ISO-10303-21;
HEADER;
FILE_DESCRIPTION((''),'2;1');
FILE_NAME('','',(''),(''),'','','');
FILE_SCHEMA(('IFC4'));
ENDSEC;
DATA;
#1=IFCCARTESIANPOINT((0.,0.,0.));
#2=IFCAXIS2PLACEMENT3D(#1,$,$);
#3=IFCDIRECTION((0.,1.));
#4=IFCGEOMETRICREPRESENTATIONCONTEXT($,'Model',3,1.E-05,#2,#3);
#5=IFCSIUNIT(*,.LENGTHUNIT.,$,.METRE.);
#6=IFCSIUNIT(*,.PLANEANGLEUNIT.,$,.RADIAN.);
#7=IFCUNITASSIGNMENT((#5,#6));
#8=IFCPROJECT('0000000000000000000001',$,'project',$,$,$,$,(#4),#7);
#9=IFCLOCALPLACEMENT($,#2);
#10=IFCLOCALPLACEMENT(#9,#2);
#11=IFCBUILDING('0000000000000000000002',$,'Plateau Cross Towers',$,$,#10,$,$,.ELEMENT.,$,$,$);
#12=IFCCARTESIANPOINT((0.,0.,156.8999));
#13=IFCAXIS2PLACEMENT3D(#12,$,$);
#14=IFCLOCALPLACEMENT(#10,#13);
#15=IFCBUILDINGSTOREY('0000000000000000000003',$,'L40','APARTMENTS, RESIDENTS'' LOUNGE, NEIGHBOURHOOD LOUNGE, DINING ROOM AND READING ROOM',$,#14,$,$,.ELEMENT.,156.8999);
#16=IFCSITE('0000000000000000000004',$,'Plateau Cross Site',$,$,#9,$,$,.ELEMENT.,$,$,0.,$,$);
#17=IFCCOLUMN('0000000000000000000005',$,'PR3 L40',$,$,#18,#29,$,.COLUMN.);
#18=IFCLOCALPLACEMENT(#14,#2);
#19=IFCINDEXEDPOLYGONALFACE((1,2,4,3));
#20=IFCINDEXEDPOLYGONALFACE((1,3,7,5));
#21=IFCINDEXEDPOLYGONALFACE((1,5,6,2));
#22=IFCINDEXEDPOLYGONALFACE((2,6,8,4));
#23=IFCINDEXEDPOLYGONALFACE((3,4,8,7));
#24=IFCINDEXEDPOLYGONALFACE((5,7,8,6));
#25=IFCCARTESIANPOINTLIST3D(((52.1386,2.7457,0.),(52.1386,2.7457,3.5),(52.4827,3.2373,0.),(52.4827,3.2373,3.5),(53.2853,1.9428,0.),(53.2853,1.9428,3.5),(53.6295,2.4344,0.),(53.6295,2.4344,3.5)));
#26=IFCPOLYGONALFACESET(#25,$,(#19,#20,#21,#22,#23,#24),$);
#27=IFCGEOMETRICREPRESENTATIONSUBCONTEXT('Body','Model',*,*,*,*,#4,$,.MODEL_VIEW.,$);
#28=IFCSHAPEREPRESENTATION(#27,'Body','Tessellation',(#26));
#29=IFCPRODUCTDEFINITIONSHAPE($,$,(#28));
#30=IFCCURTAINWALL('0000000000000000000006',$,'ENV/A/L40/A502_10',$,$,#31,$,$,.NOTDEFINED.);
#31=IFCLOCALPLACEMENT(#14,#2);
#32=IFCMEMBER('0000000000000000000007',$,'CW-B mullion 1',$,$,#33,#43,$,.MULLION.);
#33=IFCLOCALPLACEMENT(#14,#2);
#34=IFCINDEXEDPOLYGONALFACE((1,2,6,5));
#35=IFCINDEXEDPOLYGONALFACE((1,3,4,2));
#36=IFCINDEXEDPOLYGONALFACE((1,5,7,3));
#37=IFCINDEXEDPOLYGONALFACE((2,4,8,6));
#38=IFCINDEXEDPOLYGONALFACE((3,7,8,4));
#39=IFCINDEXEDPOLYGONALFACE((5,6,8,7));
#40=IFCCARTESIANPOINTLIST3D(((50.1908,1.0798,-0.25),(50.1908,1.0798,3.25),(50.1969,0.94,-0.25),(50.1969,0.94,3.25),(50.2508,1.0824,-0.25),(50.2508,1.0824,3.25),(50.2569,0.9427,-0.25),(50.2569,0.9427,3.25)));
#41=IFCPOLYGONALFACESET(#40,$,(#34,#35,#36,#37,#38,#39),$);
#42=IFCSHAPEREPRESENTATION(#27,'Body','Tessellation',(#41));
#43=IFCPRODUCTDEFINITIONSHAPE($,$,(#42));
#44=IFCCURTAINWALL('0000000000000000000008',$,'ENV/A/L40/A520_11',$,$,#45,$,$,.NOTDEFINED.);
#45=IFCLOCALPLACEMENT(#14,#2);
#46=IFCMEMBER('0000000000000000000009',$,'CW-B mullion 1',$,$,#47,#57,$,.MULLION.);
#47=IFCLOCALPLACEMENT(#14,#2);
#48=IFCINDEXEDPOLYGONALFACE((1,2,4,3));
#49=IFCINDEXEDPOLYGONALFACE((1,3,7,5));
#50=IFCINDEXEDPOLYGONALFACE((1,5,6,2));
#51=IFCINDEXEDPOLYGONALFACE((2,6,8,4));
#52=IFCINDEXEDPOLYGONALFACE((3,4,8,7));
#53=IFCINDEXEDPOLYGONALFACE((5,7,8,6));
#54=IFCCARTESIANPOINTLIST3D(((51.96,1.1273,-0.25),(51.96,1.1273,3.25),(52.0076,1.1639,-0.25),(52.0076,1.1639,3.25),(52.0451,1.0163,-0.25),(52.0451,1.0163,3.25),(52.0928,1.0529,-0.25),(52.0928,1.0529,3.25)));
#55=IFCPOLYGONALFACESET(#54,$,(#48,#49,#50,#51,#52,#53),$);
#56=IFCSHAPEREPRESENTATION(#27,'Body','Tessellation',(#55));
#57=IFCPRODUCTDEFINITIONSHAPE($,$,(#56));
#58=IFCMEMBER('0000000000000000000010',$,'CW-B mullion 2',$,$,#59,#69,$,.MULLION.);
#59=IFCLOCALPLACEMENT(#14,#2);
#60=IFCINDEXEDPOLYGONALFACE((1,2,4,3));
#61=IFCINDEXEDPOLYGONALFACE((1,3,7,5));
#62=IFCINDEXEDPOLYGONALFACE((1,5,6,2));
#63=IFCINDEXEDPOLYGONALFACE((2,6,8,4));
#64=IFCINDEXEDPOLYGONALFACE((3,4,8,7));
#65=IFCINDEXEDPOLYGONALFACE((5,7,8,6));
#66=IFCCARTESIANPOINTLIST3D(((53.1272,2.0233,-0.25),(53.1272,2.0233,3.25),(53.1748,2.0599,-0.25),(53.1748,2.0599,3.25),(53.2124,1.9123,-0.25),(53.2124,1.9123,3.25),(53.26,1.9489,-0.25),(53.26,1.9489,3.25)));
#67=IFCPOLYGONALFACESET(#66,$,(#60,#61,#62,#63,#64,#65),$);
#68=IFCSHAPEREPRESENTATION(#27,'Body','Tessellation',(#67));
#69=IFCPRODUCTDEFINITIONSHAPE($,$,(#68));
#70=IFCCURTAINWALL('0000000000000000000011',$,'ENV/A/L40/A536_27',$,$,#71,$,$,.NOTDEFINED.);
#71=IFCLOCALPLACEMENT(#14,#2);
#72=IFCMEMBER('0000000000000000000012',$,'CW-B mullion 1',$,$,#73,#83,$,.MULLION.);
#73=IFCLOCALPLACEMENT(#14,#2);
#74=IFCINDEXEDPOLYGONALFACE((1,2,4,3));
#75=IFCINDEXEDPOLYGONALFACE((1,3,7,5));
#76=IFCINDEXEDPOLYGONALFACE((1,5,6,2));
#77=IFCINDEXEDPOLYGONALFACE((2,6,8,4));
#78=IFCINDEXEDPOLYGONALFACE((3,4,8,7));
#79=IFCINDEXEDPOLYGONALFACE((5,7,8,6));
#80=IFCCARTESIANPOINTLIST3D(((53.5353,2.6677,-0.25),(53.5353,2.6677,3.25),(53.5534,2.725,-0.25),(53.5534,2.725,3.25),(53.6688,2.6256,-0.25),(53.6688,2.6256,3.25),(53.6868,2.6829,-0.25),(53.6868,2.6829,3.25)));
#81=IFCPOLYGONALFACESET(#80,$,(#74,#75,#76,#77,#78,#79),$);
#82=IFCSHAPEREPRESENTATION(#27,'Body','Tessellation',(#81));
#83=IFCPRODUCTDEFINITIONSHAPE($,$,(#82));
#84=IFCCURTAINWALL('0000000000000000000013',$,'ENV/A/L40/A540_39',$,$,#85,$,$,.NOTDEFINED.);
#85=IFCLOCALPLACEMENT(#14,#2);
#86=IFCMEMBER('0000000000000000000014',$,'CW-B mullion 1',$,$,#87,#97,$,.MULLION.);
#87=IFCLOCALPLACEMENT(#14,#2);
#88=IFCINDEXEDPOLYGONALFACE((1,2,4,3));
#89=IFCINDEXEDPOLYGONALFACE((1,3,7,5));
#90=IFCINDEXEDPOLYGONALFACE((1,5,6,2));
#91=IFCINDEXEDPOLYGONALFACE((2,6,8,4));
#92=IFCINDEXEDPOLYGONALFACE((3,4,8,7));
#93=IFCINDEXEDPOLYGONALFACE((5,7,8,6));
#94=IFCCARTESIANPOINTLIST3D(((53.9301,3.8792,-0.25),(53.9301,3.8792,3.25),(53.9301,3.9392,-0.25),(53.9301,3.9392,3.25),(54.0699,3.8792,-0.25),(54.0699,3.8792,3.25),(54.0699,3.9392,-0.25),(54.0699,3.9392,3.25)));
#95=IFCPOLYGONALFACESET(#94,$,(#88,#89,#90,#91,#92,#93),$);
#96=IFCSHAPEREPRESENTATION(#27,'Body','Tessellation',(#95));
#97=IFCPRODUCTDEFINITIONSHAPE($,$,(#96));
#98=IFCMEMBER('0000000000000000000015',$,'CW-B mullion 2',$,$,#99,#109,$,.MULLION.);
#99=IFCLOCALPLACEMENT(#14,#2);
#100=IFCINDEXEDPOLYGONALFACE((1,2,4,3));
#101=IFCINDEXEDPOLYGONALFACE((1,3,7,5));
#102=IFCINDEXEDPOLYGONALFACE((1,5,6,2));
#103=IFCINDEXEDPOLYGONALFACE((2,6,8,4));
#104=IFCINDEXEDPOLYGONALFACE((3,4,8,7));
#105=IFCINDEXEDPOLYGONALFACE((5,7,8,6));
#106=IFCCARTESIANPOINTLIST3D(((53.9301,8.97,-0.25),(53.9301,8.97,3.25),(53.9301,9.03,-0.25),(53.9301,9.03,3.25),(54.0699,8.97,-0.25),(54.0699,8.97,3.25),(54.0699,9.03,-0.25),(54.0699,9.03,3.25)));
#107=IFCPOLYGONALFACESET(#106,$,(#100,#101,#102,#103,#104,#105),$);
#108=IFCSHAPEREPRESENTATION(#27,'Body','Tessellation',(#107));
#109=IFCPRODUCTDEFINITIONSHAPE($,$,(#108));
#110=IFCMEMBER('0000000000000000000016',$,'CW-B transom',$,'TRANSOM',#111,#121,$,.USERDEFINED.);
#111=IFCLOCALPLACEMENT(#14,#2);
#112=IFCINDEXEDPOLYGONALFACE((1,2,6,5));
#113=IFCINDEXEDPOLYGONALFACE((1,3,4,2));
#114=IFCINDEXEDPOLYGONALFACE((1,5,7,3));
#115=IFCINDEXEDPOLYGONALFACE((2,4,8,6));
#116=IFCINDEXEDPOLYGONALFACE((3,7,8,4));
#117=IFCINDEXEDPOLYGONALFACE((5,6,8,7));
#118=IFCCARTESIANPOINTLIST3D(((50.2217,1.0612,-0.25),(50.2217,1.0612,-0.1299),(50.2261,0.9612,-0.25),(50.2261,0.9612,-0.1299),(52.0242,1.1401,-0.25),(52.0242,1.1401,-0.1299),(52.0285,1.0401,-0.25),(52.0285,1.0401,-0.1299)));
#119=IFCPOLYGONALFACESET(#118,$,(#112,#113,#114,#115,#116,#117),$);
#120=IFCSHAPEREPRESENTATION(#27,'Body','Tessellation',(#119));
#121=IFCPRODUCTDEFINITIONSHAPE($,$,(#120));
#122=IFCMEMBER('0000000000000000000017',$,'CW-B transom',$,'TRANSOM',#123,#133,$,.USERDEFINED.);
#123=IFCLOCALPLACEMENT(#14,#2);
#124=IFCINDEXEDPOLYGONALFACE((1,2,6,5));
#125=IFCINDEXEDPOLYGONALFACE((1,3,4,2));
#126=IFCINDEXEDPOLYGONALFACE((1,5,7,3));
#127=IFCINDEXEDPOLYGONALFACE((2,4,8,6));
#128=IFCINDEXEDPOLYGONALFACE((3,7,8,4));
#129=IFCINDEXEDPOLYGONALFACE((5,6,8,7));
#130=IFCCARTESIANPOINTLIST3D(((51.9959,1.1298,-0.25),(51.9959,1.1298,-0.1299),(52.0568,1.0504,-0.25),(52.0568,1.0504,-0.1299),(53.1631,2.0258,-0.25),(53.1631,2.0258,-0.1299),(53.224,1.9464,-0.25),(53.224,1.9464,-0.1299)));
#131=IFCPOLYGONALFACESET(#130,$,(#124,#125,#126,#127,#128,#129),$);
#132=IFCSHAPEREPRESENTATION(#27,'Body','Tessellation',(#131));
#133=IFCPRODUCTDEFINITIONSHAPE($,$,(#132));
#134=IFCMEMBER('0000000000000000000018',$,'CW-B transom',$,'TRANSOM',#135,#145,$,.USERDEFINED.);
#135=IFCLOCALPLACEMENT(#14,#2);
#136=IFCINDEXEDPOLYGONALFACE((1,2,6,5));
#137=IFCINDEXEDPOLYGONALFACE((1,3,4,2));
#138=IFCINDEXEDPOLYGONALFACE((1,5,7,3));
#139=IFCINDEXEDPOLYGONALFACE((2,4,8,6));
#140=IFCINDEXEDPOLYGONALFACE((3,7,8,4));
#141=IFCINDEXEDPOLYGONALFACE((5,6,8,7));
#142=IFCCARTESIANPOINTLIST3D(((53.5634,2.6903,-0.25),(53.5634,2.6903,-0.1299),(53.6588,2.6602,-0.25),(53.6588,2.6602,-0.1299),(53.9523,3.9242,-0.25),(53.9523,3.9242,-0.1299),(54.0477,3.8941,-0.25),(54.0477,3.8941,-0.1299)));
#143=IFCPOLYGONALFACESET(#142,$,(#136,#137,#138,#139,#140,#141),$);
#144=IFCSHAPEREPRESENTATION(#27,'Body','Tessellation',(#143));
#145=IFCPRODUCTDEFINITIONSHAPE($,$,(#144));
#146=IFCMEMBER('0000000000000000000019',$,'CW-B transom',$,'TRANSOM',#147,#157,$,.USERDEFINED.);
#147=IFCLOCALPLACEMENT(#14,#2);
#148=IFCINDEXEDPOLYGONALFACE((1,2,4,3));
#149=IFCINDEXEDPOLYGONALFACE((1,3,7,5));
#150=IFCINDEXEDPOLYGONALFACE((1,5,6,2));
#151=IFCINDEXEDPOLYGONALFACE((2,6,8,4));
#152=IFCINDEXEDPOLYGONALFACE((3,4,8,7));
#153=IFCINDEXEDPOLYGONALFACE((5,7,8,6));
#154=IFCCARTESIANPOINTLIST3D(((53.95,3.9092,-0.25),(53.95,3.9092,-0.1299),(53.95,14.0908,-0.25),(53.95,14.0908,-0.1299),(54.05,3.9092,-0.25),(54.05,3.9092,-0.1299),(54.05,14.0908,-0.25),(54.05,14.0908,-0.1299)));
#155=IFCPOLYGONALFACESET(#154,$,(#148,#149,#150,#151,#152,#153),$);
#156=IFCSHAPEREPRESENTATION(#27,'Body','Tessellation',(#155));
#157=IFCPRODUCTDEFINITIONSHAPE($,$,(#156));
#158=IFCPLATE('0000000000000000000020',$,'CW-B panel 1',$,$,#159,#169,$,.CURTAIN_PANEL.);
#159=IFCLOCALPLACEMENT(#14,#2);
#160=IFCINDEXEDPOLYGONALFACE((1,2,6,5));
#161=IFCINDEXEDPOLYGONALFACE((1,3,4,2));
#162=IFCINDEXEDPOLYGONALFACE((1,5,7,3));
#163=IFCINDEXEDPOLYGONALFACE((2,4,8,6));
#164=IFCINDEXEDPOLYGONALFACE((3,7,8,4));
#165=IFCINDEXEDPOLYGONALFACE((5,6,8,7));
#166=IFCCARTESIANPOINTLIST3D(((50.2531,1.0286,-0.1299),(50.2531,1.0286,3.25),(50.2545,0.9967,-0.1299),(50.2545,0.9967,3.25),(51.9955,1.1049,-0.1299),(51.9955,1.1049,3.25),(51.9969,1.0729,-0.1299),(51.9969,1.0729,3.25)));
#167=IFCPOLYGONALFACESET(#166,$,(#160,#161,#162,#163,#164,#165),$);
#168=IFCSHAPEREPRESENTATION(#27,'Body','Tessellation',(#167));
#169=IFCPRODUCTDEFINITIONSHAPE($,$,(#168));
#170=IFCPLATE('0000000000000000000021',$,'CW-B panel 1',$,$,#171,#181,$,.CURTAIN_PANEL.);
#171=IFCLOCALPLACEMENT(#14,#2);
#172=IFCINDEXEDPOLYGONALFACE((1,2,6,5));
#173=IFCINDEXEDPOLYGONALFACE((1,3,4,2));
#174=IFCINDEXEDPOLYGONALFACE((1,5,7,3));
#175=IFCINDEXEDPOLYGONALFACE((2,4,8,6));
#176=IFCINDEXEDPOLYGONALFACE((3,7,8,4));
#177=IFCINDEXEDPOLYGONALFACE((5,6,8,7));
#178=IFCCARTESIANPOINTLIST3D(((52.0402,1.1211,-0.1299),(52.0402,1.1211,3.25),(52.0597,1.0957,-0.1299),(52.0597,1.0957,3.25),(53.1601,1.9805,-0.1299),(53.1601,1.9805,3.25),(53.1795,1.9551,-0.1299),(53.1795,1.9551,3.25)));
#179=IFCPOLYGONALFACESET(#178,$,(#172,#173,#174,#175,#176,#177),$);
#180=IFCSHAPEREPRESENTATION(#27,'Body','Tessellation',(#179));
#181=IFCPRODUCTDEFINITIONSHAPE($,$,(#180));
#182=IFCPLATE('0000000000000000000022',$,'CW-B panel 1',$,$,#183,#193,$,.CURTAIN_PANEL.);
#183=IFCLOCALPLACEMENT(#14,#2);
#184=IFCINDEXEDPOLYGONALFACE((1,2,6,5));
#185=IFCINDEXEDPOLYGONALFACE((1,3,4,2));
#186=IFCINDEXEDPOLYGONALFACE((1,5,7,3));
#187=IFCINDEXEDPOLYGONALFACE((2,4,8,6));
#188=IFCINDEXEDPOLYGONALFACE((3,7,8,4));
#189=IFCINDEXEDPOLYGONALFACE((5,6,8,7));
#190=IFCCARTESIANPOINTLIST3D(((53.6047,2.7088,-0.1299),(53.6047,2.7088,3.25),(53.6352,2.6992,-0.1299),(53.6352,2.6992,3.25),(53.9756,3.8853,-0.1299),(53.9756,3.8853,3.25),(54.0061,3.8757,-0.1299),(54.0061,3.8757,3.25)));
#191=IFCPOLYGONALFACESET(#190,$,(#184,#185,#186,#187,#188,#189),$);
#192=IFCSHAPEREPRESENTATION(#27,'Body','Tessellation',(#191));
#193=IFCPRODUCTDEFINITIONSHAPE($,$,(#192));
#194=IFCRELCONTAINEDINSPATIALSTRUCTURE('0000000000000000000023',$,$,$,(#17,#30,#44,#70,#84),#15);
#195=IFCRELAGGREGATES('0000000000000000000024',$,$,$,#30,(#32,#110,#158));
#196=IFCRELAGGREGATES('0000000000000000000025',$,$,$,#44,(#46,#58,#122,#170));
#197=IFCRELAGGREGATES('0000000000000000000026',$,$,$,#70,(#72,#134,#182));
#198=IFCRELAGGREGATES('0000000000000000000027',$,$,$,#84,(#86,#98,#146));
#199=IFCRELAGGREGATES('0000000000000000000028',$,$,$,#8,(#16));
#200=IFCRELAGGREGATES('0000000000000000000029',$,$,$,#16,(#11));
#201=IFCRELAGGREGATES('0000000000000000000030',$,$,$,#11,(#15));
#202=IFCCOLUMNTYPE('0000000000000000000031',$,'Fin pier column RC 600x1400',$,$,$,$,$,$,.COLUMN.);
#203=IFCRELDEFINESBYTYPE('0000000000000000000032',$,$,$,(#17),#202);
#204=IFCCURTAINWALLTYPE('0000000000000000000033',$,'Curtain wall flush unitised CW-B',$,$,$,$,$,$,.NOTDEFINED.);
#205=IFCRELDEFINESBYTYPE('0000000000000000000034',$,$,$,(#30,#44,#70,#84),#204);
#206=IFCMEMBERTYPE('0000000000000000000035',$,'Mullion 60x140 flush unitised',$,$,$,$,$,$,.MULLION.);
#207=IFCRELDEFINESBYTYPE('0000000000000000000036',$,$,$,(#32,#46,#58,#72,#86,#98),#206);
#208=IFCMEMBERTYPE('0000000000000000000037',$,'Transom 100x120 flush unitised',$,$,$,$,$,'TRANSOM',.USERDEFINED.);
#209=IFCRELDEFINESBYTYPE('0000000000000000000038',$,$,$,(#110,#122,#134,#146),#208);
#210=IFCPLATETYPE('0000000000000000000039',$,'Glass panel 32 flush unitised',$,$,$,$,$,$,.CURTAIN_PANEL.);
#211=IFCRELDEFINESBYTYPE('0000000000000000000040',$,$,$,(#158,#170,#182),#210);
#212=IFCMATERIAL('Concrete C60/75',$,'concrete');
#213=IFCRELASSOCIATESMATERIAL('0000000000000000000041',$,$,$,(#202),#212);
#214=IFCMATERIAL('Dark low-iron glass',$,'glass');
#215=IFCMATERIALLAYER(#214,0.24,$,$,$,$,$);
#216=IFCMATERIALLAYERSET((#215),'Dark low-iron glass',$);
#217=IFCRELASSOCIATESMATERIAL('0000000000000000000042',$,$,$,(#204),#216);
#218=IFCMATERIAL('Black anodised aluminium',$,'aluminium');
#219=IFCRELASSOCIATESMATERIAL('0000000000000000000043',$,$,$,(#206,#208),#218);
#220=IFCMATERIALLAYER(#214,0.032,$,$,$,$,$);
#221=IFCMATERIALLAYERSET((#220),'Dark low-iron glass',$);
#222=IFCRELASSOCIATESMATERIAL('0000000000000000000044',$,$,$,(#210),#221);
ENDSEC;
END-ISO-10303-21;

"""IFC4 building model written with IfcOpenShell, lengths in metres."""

from ifc_helpers import new_model, si_unit, direction, frame, origin, origin_2d, place, context, subcontext, project, spatial, rectangle, extrude, material, layer, layer_set, material_profile, profile_set, type_object, element, aggregate, save


model = new_model("IFC4")

# Units and contexts
model_context = context("Model", 3, precision=1e-05, world=origin(), true_north=direction((0.0, 1.0)))
body_context = subcontext(model_context, "Body", "Model", "MODEL_VIEW")
ifc_project = project(units=[si_unit("LENGTHUNIT", "METRE"), si_unit("PLANEANGLEUNIT", "RADIAN")], contexts=[model_context])

# Site, building, storey
site_placement = place(None, origin())
site = spatial("IfcSite", under=ifc_project, at=site_placement, Name="Plateau Cross Site", CompositionType="ELEMENT", RefElevation=0.0)
building_placement = place(site_placement, origin())
building = spatial("IfcBuilding", under=site, at=building_placement, Name="Plateau Cross Towers", CompositionType="ELEMENT")
storey_placement = place(building_placement, frame((0.0, 0.0, 156.8999)))
storey = spatial("IfcBuildingStorey", under=building, at=storey_placement, Name="L40", Description="APARTMENTS, RESIDENTS' LOUNGE, NEIGHBOURHOOD LOUNGE, DINING ROOM AND READING ROOM", CompositionType="ELEMENT", Elevation=156.8999)

# Column
ifc_material_1 = material(Name="Concrete C60/75", Category="concrete")
ifc_material_profile_1 = material_profile(ifc_material_1, rectangle(XDim=0.6001, YDim=1.3999, at=origin_2d()), Name="RC 600x1400")
ifc_profile_set_1 = profile_set([ifc_material_profile_1], Name="Concrete C60/75")
column_type = type_object("IfcColumnType", Name="Fin pier column RC 600x1400", PredefinedType="COLUMN", material=ifc_profile_set_1)
column_placement = place(storey_placement, frame((52.884, 2.5901, 0.0), z_axis=(0.0, 0.0, 1.0), x_axis=(0.573543, 0.819176, 0.0)))
element("IfcColumn", 1, at=column_placement, inside=storey, type_object=column_type, Name="PR3 L40", PredefinedType="COLUMN", context=body_context, shape_type="SweptSolid", body=[
    extrude(rectangle(XDim=0.6001, YDim=1.3999, at=origin_2d()), origin(), (0.0, 0.0, 1.0), 3.5),
])

# Curtain wall, member
ifc_material_2 = material(Name="Dark low-iron glass", Category="glass")
ifc_layer_1 = layer(ifc_material_2, 0.24)
ifc_layer_set_1 = layer_set([ifc_layer_1], Name="Dark low-iron glass")
curtain_wall_type_1 = type_object("IfcCurtainWallType", Name="Curtain wall flush unitised CW-B", PredefinedType="NOTDEFINED", material=ifc_layer_set_1)
curtain_wall_1_placement = place(storey_placement, origin())
curtain_wall_1 = element("IfcCurtainWall", 2, at=curtain_wall_1_placement, inside=storey, type_object=curtain_wall_type_1, Name="ENV/A/L40/A502_10", PredefinedType="NOTDEFINED")
ifc_material_3 = material(Name="Black anodised aluminium", Category="aluminium")
ifc_material_profile_2 = material_profile(ifc_material_3, rectangle(XDim=0.0601, YDim=0.1399, at=origin_2d()), Name="MULLION 60x140")
ifc_profile_set_2 = profile_set([ifc_material_profile_2], Name="Black anodised aluminium")
member_type_1 = type_object("IfcMemberType", Name="Mullion 60x140 flush unitised", PredefinedType="MULLION", material=ifc_profile_set_2)
member_1_placement = place(storey_placement, frame((50.2239, 1.0112, -0.25), z_axis=(0.0, 0.0, 1.0), x_axis=(0.999044, 0.043723, 0.0)))
member_1 = element("IfcMember", 3, at=member_1_placement, type_object=member_type_1, Name="CW-B mullion 1", PredefinedType="MULLION", context=body_context, shape_type="SweptSolid", body=[
    extrude(rectangle(XDim=0.0601, YDim=0.1399, at=origin_2d()), origin(), (0.0, 0.0, 1.0), 3.5),
])

# Curtain wall, members
curtain_wall_2_placement = place(storey_placement, origin())
curtain_wall_2 = element("IfcCurtainWall", 4, at=curtain_wall_2_placement, inside=storey, type_object=curtain_wall_type_1, Name="ENV/A/L40/A520_11", PredefinedType="NOTDEFINED")
member_2_placement = place(storey_placement, frame((52.0264, 1.0901, -0.25), z_axis=(0.0, 0.0, 1.0), x_axis=(0.793316, 0.608811, 0.0)))
member_2 = element("IfcMember", 5, at=member_2_placement, type_object=member_type_1, Name="CW-B mullion 1", PredefinedType="MULLION", context=body_context, shape_type="SweptSolid", body=[
    extrude(rectangle(XDim=0.0601, YDim=0.1399, at=origin_2d()), origin(), (0.0, 0.0, 1.0), 3.5),
])
member_3_placement = place(storey_placement, frame((53.1936, 1.9861, -0.25), z_axis=(0.0, 0.0, 1.0), x_axis=(0.793316, 0.608811, 0.0)))
member_3 = element("IfcMember", 6, at=member_3_placement, type_object=member_type_1, Name="CW-B mullion 2", PredefinedType="MULLION", context=body_context, shape_type="SweptSolid", body=[
    extrude(rectangle(XDim=0.0601, YDim=0.1399, at=origin_2d()), origin(), (0.0, 0.0, 1.0), 3.5),
])

# Curtain wall, member
curtain_wall_3_placement = place(storey_placement, origin())
curtain_wall_3 = element("IfcCurtainWall", 7, at=curtain_wall_3_placement, inside=storey, type_object=curtain_wall_type_1, Name="ENV/A/L40/A536_27", PredefinedType="NOTDEFINED")
member_4_placement = place(storey_placement, frame((53.6111, 2.6753, -0.25), z_axis=(0.0, 0.0, 1.0), x_axis=(0.300686, 0.953723, 0.0)))
member_4 = element("IfcMember", 8, at=member_4_placement, type_object=member_type_1, Name="CW-B mullion 1", PredefinedType="MULLION", context=body_context, shape_type="SweptSolid", body=[
    extrude(rectangle(XDim=0.0601, YDim=0.1399, at=origin_2d()), origin(), (0.0, 0.0, 1.0), 3.5),
])

# Curtain wall, members
curtain_wall_4_placement = place(storey_placement, origin())
curtain_wall_4 = element("IfcCurtainWall", 9, at=curtain_wall_4_placement, inside=storey, type_object=curtain_wall_type_1, Name="ENV/A/L40/A540_39", PredefinedType="NOTDEFINED")
member_5_placement = place(storey_placement, frame((54.0, 3.9092, -0.25), z_axis=(0.0, 0.0, 1.0), x_axis=(0.0, 1.0, 0.0)))
member_5 = element("IfcMember", 10, at=member_5_placement, type_object=member_type_1, Name="CW-B mullion 1", PredefinedType="MULLION", context=body_context, shape_type="SweptSolid", body=[
    extrude(rectangle(XDim=0.0601, YDim=0.1399, at=origin_2d()), origin(), (0.0, 0.0, 1.0), 3.5),
])
member_6_placement = place(storey_placement, frame((54.0, 9.0, -0.25), z_axis=(0.0, 0.0, 1.0), x_axis=(0.0, 1.0, 0.0)))
member_6 = element("IfcMember", 11, at=member_6_placement, type_object=member_type_1, Name="CW-B mullion 2", PredefinedType="MULLION", context=body_context, shape_type="SweptSolid", body=[
    extrude(rectangle(XDim=0.0601, YDim=0.1399, at=origin_2d()), origin(), (0.0, 0.0, 1.0), 3.5),
])

# Members
ifc_material_profile_3 = material_profile(ifc_material_3, rectangle(XDim=0.1001, YDim=0.1201, at=origin_2d()), Name="TRANSOM 100x120")
ifc_profile_set_3 = profile_set([ifc_material_profile_3], Name="Black anodised aluminium")
member_type_2 = type_object("IfcMemberType", Name="Transom 100x120 flush unitised", ElementType="TRANSOM", PredefinedType="USERDEFINED", material=ifc_profile_set_3)
member_7_placement = place(storey_placement, frame((50.2239, 1.0112, -0.1899), z_axis=(0.999044, 0.043707, 0.0), x_axis=(-0.043707, 0.999044, 0.0)))
member_7 = element("IfcMember", 12, at=member_7_placement, type_object=member_type_2, Name="CW-B transom", ObjectType="TRANSOM", PredefinedType="USERDEFINED", context=body_context, shape_type="SweptSolid", body=[
    extrude(rectangle(XDim=0.1001, YDim=0.1201, at=origin_2d()), origin(), (0.0, 0.0, 1.0), 1.8042),
])
member_8_placement = place(storey_placement, frame((52.0264, 1.0901, -0.1899), z_axis=(0.79324, 0.608909, 0.0), x_axis=(-0.608909, 0.79324, 0.0)))
member_8 = element("IfcMember", 13, at=member_8_placement, type_object=member_type_2, Name="CW-B transom", ObjectType="TRANSOM", PredefinedType="USERDEFINED", context=body_context, shape_type="SweptSolid", body=[
    extrude(rectangle(XDim=0.1001, YDim=0.1201, at=origin_2d()), origin(), (0.0, 0.0, 1.0), 1.4714),
])
member_9_placement = place(storey_placement, frame((53.6111, 2.6753, -0.1899), z_axis=(0.300617, 0.953745, 0.0), x_axis=(-0.953745, 0.300617, 0.0)))
member_9 = element("IfcMember", 14, at=member_9_placement, type_object=member_type_2, Name="CW-B transom", ObjectType="TRANSOM", PredefinedType="USERDEFINED", context=body_context, shape_type="SweptSolid", body=[
    extrude(rectangle(XDim=0.1001, YDim=0.1201, at=origin_2d()), origin(), (0.0, 0.0, 1.0), 1.2937),
])
member_10_placement = place(storey_placement, frame((54.0, 3.9092, -0.1899), z_axis=(0.0, 1.0, 0.0), x_axis=(-1.0, 0.0, 0.0)))
member_10 = element("IfcMember", 15, at=member_10_placement, type_object=member_type_2, Name="CW-B transom", ObjectType="TRANSOM", PredefinedType="USERDEFINED", context=body_context, shape_type="SweptSolid", body=[
    extrude(rectangle(XDim=0.1001, YDim=0.1201, at=origin_2d()), origin(), (0.0, 0.0, 1.0), 10.1816),
])

# Plates
ifc_layer_2 = layer(ifc_material_2, 0.032)
ifc_layer_set_2 = layer_set([ifc_layer_2], Name="Dark low-iron glass")
plate_type_1 = type_object("IfcPlateType", Name="Glass panel 32 flush unitised", PredefinedType="CURTAIN_PANEL", material=ifc_layer_set_2)
plate_1_placement = place(storey_placement, frame((51.125, 1.0508, -0.1299), z_axis=(0.0, 0.0, 1.0), x_axis=(0.999044, 0.043723, 0.0)))
plate_1 = element("IfcPlate", 16, at=plate_1_placement, type_object=plate_type_1, Name="CW-B panel 1", PredefinedType="CURTAIN_PANEL", context=body_context, shape_type="SweptSolid", body=[
    extrude(rectangle(XDim=1.7441, YDim=0.032, at=origin_2d()), origin(), (0.0, 0.0, 1.0), 3.3799),
])
aggregate(curtain_wall_1, [member_1, member_7, plate_1])
plate_2_placement = place(storey_placement, frame((52.6099, 1.5381, -0.1299), z_axis=(0.0, 0.0, 1.0), x_axis=(0.793316, 0.608811, 0.0)))
plate_2 = element("IfcPlate", 17, at=plate_2_placement, type_object=plate_type_1, Name="CW-B panel 1", PredefinedType="CURTAIN_PANEL", context=body_context, shape_type="SweptSolid", body=[
    extrude(rectangle(XDim=1.4116, YDim=0.032, at=origin_2d()), origin(), (0.0, 0.0, 1.0), 3.3799),
])
aggregate(curtain_wall_2, [member_2, member_3, member_8, plate_2])
plate_3_placement = place(storey_placement, frame((53.8054, 3.2922, -0.1299), z_axis=(0.0, 0.0, 1.0), x_axis=(0.300686, 0.953723, 0.0)))
plate_3 = element("IfcPlate", 18, at=plate_3_placement, type_object=plate_type_1, Name="CW-B panel 1", PredefinedType="CURTAIN_PANEL", context=body_context, shape_type="SweptSolid", body=[
    extrude(rectangle(XDim=1.2336, YDim=0.032, at=origin_2d()), origin(), (0.0, 0.0, 1.0), 3.3799),
])
aggregate(curtain_wall_3, [member_4, member_9, plate_3])
aggregate(curtain_wall_4, [member_5, member_6, member_10])

save(model, "model.ifc")
